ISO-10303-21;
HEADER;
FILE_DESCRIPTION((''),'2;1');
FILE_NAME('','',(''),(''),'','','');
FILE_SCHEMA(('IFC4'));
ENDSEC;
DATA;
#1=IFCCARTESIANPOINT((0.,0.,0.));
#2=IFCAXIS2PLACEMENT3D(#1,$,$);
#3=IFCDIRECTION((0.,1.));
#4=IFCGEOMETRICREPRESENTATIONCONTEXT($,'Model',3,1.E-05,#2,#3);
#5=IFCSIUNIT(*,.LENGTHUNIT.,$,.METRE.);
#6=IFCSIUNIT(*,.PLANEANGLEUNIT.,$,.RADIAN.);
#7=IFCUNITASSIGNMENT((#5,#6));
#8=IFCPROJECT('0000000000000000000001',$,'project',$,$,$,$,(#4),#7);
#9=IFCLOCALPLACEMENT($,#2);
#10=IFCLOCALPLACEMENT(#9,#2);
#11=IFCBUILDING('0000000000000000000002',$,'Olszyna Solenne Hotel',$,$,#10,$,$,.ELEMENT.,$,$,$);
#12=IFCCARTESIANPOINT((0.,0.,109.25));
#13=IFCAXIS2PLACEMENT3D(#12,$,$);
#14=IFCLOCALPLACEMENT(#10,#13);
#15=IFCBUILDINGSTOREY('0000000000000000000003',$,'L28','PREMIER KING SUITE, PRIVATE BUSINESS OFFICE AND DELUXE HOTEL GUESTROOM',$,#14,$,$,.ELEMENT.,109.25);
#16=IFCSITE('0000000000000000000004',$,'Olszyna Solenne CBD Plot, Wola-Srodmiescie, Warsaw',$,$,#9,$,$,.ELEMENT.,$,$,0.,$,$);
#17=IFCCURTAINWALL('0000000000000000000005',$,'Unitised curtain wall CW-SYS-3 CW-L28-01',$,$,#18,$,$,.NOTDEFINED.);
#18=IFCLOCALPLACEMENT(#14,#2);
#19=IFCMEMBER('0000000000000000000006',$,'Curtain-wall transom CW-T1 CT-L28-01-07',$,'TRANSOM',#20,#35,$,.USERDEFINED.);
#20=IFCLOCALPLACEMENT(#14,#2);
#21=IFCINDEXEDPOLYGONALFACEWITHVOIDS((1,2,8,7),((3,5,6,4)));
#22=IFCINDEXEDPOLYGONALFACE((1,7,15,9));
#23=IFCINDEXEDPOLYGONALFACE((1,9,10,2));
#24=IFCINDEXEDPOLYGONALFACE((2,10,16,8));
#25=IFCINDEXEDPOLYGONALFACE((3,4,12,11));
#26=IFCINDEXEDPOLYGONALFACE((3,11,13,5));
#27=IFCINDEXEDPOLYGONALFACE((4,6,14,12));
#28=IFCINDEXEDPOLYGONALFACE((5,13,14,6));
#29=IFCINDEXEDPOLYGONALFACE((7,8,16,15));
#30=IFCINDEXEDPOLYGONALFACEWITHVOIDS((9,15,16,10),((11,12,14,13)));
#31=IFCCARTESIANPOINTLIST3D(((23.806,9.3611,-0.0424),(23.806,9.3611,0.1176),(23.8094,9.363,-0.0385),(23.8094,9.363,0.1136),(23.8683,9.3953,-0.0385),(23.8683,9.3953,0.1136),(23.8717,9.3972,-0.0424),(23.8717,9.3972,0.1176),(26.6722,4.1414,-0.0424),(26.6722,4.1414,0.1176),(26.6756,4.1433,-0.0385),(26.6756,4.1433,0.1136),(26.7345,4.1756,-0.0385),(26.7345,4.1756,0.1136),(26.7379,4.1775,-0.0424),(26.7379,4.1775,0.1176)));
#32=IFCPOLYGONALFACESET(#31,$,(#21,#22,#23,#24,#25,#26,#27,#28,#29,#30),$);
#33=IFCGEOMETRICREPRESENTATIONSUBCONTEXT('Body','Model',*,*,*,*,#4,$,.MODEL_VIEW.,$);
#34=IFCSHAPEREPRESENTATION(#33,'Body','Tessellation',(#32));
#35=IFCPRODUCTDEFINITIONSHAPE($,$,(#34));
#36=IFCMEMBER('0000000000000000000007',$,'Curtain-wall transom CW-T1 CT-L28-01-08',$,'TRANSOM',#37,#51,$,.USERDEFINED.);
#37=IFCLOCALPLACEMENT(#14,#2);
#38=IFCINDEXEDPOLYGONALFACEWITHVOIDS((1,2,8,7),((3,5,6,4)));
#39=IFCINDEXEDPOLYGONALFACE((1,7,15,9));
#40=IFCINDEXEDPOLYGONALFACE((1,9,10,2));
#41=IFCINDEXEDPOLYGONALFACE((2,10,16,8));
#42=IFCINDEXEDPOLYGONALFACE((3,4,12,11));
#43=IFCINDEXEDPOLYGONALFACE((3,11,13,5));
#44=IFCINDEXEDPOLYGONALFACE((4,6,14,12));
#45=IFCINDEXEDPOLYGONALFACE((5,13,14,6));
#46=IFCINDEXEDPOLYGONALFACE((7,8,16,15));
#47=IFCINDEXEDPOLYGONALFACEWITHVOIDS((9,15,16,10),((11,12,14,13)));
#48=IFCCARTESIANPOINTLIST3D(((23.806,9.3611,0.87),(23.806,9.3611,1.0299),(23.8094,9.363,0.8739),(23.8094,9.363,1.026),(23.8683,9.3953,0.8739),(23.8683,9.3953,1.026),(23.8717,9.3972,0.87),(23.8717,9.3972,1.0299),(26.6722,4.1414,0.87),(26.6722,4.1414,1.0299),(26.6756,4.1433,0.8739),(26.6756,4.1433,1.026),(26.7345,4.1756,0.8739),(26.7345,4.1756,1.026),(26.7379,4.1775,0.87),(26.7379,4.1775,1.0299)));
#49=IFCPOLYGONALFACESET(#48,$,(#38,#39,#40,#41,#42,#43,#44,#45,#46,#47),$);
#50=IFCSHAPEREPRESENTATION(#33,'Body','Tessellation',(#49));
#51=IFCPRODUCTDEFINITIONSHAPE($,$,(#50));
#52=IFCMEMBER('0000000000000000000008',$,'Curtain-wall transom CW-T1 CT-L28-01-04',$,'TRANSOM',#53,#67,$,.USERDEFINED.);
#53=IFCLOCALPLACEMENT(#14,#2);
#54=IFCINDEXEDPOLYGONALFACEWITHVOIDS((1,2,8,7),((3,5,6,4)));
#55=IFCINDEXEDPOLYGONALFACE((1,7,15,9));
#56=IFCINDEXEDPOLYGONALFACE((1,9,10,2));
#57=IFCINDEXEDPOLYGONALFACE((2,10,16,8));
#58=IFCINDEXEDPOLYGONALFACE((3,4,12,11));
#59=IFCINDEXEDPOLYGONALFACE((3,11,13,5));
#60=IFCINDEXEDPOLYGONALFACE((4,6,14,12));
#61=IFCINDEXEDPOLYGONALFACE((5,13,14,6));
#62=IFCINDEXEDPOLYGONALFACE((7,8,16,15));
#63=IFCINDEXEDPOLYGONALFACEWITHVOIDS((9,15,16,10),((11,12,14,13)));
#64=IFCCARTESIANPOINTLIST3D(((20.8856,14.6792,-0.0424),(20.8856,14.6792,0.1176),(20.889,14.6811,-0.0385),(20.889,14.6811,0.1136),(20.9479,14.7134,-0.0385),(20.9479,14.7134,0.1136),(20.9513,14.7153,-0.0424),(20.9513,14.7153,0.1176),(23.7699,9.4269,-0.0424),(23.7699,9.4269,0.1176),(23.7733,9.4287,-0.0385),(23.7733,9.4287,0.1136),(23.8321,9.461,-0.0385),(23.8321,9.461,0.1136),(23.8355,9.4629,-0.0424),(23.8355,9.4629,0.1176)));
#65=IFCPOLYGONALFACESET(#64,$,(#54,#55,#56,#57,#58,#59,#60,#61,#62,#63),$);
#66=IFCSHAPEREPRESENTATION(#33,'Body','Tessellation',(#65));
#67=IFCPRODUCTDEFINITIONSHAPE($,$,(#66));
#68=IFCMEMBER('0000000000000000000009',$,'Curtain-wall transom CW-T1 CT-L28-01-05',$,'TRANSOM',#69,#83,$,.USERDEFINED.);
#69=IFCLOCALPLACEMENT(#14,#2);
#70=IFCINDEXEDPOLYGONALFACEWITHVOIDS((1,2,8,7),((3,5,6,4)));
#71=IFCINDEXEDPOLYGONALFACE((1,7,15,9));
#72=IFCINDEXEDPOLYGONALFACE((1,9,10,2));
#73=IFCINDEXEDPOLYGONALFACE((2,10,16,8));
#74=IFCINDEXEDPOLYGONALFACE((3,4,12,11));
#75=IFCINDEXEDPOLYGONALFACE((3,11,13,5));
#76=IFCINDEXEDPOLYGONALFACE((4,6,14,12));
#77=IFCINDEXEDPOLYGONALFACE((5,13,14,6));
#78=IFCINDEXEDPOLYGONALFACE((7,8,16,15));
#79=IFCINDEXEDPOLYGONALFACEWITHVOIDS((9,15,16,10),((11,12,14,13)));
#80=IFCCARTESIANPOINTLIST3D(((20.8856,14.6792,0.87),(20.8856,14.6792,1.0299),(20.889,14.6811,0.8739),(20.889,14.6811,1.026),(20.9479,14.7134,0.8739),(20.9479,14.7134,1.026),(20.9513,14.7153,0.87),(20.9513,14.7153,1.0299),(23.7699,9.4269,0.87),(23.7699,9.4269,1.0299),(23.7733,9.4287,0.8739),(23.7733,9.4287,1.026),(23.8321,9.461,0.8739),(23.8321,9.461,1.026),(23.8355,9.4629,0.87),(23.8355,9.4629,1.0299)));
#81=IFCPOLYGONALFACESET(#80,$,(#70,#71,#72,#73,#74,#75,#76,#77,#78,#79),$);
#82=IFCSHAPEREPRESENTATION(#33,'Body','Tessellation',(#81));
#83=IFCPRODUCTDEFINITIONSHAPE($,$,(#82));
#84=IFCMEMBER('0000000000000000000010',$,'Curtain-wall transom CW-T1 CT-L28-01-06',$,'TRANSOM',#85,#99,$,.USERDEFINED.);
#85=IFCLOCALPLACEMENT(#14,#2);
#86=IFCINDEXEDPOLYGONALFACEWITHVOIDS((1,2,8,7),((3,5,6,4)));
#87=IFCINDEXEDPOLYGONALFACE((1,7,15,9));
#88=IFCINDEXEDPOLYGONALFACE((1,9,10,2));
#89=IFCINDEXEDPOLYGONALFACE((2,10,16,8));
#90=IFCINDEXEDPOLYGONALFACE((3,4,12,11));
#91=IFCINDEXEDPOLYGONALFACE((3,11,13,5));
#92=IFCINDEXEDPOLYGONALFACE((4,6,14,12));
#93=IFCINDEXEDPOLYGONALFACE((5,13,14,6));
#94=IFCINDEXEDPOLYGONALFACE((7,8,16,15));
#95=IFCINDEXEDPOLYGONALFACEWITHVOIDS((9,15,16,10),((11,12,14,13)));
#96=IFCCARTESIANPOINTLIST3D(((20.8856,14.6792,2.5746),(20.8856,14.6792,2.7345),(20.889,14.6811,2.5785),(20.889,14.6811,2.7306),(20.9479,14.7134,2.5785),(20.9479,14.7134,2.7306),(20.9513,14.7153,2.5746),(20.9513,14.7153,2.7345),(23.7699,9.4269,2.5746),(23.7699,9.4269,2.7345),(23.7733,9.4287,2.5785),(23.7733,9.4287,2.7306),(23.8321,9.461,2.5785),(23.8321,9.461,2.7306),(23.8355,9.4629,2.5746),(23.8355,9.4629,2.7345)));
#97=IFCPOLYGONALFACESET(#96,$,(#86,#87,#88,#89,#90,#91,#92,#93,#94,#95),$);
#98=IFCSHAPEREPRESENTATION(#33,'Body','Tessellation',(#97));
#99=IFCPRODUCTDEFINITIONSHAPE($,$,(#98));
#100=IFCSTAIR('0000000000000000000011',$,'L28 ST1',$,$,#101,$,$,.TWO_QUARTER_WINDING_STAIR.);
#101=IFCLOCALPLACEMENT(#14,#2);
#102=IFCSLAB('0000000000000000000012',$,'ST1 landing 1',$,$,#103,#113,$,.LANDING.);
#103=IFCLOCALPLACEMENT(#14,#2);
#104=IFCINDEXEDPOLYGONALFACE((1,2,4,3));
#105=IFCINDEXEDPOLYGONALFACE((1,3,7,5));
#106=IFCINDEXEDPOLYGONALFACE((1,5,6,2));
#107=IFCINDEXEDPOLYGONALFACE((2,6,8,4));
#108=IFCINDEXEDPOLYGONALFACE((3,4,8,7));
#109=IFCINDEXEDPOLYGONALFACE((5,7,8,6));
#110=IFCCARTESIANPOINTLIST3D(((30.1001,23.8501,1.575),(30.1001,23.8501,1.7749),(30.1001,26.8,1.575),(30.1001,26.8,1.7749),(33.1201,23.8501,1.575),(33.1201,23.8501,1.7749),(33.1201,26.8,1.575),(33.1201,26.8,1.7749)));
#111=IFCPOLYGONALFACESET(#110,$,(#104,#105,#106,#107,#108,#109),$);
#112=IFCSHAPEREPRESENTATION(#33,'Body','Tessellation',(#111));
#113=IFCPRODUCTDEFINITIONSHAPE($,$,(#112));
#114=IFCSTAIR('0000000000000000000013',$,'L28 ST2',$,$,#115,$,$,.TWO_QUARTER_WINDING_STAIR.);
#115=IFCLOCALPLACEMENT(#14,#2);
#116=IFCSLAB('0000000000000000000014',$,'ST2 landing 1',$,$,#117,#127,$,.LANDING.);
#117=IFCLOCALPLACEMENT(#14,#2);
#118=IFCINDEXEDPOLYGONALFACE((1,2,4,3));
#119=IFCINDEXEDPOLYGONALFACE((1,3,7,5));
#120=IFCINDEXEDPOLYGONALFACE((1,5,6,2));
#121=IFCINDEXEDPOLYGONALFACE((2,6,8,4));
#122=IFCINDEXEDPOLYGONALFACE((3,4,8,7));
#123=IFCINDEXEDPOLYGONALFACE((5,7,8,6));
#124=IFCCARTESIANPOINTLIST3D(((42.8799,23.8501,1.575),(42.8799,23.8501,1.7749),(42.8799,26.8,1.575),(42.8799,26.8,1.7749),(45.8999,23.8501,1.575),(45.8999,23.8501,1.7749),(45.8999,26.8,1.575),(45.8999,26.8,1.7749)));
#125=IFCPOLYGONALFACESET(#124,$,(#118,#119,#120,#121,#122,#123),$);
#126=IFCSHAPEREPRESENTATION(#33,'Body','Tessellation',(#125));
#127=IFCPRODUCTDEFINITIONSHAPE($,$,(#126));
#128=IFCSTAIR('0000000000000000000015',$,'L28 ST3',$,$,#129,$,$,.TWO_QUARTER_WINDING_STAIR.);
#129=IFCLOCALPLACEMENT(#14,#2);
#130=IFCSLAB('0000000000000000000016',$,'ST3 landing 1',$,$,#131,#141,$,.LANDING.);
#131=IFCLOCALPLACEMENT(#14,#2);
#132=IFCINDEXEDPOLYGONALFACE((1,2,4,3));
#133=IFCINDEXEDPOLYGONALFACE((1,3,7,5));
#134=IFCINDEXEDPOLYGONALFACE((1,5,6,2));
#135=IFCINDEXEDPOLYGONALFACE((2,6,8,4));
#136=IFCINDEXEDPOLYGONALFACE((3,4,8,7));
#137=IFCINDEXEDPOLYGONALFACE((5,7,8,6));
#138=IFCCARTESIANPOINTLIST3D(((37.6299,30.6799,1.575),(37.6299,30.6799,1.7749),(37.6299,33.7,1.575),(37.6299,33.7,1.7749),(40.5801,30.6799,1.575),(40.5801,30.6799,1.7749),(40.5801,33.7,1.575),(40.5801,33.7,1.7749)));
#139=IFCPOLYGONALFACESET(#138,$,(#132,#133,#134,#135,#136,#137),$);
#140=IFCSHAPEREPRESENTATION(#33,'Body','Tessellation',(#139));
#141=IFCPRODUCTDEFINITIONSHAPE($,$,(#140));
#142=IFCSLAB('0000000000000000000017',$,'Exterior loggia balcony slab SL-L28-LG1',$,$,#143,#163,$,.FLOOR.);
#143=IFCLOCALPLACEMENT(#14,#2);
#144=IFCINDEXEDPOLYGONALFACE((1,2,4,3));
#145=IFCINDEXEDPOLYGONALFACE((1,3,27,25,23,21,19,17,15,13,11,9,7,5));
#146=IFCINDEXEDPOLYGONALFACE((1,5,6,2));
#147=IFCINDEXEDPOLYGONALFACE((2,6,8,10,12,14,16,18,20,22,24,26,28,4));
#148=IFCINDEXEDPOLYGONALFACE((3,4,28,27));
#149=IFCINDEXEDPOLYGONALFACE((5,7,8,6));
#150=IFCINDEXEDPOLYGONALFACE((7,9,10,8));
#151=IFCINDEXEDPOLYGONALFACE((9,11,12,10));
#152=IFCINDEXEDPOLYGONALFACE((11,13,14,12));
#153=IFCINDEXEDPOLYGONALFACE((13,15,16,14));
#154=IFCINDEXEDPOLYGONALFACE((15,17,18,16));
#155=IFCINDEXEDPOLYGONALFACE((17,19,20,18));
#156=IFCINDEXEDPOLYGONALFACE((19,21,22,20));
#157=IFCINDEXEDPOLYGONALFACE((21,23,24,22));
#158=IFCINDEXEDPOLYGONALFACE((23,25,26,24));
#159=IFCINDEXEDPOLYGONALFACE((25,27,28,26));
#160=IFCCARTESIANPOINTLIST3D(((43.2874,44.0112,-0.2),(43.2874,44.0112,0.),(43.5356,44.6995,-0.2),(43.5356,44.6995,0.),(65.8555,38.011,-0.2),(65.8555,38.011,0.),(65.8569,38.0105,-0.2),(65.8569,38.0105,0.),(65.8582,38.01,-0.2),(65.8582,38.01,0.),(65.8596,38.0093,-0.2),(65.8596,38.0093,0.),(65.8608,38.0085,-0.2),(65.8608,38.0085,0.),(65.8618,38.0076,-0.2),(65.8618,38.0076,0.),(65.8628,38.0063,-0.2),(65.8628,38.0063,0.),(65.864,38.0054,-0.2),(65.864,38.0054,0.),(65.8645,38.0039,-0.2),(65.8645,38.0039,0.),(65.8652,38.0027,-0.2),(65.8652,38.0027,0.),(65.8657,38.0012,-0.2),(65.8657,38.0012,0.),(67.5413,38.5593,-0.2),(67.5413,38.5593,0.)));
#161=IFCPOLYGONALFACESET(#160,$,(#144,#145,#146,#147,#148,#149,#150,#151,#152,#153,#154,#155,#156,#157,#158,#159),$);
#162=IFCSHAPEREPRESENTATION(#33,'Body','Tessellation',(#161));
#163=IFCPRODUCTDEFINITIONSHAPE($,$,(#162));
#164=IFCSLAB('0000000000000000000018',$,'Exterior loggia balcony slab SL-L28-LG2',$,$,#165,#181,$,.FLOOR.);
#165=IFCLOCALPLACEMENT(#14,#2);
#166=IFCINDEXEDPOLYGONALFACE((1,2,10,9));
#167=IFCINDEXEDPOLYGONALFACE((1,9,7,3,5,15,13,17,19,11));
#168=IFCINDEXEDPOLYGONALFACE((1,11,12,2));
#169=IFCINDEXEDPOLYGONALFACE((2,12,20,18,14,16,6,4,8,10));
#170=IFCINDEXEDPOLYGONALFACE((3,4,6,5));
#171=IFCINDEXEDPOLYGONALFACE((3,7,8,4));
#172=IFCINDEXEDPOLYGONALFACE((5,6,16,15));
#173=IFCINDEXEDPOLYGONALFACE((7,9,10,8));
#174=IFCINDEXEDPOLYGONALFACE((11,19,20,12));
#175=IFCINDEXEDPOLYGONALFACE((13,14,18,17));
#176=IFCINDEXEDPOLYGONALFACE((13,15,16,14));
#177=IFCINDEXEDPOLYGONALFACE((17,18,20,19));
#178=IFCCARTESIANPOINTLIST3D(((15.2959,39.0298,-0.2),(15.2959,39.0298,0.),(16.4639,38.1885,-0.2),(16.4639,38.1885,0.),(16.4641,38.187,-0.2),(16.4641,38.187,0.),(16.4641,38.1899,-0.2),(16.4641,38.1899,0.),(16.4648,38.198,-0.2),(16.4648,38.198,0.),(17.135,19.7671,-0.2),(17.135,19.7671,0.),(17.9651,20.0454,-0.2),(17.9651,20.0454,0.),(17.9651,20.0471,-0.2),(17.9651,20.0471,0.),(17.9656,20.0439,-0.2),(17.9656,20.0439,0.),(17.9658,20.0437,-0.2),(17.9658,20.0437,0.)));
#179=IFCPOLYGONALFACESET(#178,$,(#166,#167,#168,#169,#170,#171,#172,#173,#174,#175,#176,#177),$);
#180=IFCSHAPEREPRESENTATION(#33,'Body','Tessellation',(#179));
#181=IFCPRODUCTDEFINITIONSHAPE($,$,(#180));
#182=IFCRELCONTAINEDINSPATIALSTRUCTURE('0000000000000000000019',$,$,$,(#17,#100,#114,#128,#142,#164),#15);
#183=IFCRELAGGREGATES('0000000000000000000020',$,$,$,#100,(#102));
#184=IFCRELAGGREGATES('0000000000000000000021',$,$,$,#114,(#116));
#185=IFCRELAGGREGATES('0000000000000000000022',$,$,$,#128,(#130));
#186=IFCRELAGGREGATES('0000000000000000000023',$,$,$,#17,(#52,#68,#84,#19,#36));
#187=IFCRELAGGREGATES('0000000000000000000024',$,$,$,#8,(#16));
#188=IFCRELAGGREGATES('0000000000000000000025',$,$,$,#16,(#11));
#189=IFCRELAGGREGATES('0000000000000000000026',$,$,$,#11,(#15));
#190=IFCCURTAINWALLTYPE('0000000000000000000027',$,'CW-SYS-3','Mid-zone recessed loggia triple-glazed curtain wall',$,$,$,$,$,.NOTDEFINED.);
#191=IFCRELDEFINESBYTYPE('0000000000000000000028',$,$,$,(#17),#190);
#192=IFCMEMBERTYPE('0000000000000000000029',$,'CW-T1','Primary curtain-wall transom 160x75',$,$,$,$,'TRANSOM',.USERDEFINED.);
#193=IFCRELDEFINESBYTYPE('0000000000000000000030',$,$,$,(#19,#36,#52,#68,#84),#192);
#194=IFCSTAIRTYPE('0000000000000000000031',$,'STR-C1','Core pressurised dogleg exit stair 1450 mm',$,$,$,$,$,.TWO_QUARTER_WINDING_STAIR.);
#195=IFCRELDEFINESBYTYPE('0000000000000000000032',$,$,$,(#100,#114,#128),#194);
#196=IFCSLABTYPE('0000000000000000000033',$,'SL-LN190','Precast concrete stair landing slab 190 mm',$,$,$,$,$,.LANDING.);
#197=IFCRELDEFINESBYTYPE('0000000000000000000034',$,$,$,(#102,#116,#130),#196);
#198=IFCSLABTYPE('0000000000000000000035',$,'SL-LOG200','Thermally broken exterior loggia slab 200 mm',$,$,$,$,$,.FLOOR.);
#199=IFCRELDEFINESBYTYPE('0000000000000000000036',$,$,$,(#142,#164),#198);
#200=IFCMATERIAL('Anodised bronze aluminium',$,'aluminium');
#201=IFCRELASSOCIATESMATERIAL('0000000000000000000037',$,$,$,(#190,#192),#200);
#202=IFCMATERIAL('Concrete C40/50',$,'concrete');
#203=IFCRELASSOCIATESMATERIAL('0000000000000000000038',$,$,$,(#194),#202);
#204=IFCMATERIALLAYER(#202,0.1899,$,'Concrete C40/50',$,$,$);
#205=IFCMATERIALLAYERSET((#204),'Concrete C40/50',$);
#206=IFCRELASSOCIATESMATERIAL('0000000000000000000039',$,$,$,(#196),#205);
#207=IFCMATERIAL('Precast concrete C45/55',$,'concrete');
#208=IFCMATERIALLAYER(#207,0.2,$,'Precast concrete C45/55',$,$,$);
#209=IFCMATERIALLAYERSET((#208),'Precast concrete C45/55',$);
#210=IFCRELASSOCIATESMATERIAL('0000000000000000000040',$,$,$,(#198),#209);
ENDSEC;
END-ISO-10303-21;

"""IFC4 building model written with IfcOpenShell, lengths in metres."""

from ifc_helpers import new_model, si_unit, direction, frame, origin, origin_2d, place, context, subcontext, project, spatial, polyline, hollow_rectangle, outline, extrude, source, transform, mapped, material, layer, layer_set, material_profile, profile_set, type_object, element, aggregate, save


model = new_model("IFC4")

# Units and contexts
model_context = context("Model", 3, precision=1e-05, world=origin(), true_north=direction((0.0, 1.0)))
body_context = subcontext(model_context, "Body", "Model", "MODEL_VIEW")
ifc_project = project(units=[si_unit("LENGTHUNIT", "METRE"), si_unit("PLANEANGLEUNIT", "RADIAN")], contexts=[model_context])

# Site, building, storey
site_placement = place(None, origin())
site = spatial("IfcSite", under=ifc_project, at=site_placement, Name="Olszyna Solenne CBD Plot, Wola-Srodmiescie, Warsaw", CompositionType="ELEMENT", RefElevation=0.0)
building_placement = place(site_placement, origin())
building = spatial("IfcBuilding", under=site, at=building_placement, Name="Olszyna Solenne Hotel", CompositionType="ELEMENT")
storey_placement = place(building_placement, frame((0.0, 0.0, 109.25)))
storey = spatial("IfcBuildingStorey", under=building, at=storey_placement, Name="L28", Description="PREMIER KING SUITE, PRIVATE BUSINESS OFFICE AND DELUXE HOTEL GUESTROOM", CompositionType="ELEMENT", Elevation=109.25)

# Curtain wall, members
ifc_material_1 = material(Name="Anodised bronze aluminium", Category="aluminium")
curtain_wall_type = type_object("IfcCurtainWallType", Name="CW-SYS-3", Description="Mid-zone recessed loggia triple-glazed curtain wall", PredefinedType="NOTDEFINED", material=ifc_material_1)
curtain_wall_placement = place(storey_placement, origin())
curtain_wall = element("IfcCurtainWall", 1, at=curtain_wall_placement, inside=storey, type_object=curtain_wall_type, Name="Unitised curtain wall CW-SYS-3 CW-L28-01", PredefinedType="NOTDEFINED")
ifc_material_profile_1 = material_profile(ifc_material_1, hollow_rectangle(XDim=0.075, YDim=0.1599, WallThickness=0.0039, at=origin_2d()), Name="TRAN 160x75x4", Category="load-bearing")
ifc_profile_set_1 = profile_set([ifc_material_profile_1], Name="Anodised bronze aluminium")
member_type_1 = type_object("IfcMemberType", Name="CW-T1", Description="Primary curtain-wall transom 160x75", ElementType="TRANSOM", PredefinedType="USERDEFINED", material=ifc_profile_set_1)
shared_shape_1 = source(origin(), body_context, "Body", "SweptSolid", [
    extrude(hollow_rectangle(XDim=0.075, YDim=0.1599, WallThickness=0.0039, at=origin_2d()), origin(), (0.0, 0.0, 1.0), 5.9548),
])
member_1_placement = place(storey_placement, frame((23.8389, 9.3792, 0.0376), z_axis=(0.481321, -0.876545, 0.0), x_axis=(0.876545, 0.481321, 0.0)))
member_1 = element("IfcMember", 2, at=member_1_placement, type_object=member_type_1, Name="Curtain-wall transom CW-T1 CT-L28-01-07", ObjectType="TRANSOM", PredefinedType="USERDEFINED", context=body_context, shape_type="MappedRepresentation", body=[
    mapped(shared_shape_1, transform((0.0, 0.0, 0.0), x_axis=(1.0, 0.0, 0.0), y_axis=(0.0, 1.0, 0.0), z_axis=(0.0, 0.0, 1.0), scale=1.0)),
])
member_2_placement = place(storey_placement, frame((23.8389, 9.3792, 0.95), z_axis=(0.481321, -0.876545, 0.0), x_axis=(0.876545, 0.481321, 0.0)))
member_2 = element("IfcMember", 3, at=member_2_placement, type_object=member_type_1, Name="Curtain-wall transom CW-T1 CT-L28-01-08", ObjectType="TRANSOM", PredefinedType="USERDEFINED", context=body_context, shape_type="MappedRepresentation", body=[
    mapped(shared_shape_1, transform((0.0, 0.0, 0.0), x_axis=(1.0, 0.0, 0.0), y_axis=(0.0, 1.0, 0.0), z_axis=(0.0, 0.0, 1.0), scale=1.0)),
])
shared_shape_2 = source(origin(), body_context, "Body", "SweptSolid", [
    extrude(hollow_rectangle(XDim=0.075, YDim=0.1599, WallThickness=0.0039, at=origin_2d()), origin(), (0.0, 0.0, 1.0), 5.9922),
])
member_3_placement = place(storey_placement, frame((20.9185, 14.6973, 0.0376), z_axis=(0.481334, -0.876537, 0.0), x_axis=(0.876537, 0.481334, 0.0)))
member_3 = element("IfcMember", 4, at=member_3_placement, type_object=member_type_1, Name="Curtain-wall transom CW-T1 CT-L28-01-04", ObjectType="TRANSOM", PredefinedType="USERDEFINED", context=body_context, shape_type="MappedRepresentation", body=[
    mapped(shared_shape_2, transform((0.0, 0.0, 0.0), x_axis=(1.0, 0.0, 0.0), y_axis=(0.0, 1.0, 0.0), z_axis=(0.0, 0.0, 1.0), scale=1.0)),
])
member_4_placement = place(storey_placement, frame((20.9185, 14.6973, 0.95), z_axis=(0.481334, -0.876537, 0.0), x_axis=(0.876537, 0.481334, 0.0)))
member_4 = element("IfcMember", 5, at=member_4_placement, type_object=member_type_1, Name="Curtain-wall transom CW-T1 CT-L28-01-05", ObjectType="TRANSOM", PredefinedType="USERDEFINED", context=body_context, shape_type="MappedRepresentation", body=[
    mapped(shared_shape_2, transform((0.0, 0.0, 0.0), x_axis=(1.0, 0.0, 0.0), y_axis=(0.0, 1.0, 0.0), z_axis=(0.0, 0.0, 1.0), scale=1.0)),
])
member_5_placement = place(storey_placement, frame((20.9185, 14.6973, 2.6545), z_axis=(0.481334, -0.876537, 0.0), x_axis=(0.876537, 0.481334, 0.0)))
member_5 = element("IfcMember", 6, at=member_5_placement, type_object=member_type_1, Name="Curtain-wall transom CW-T1 CT-L28-01-06", ObjectType="TRANSOM", PredefinedType="USERDEFINED", context=body_context, shape_type="MappedRepresentation", body=[
    mapped(shared_shape_2, transform((0.0, 0.0, 0.0), x_axis=(1.0, 0.0, 0.0), y_axis=(0.0, 1.0, 0.0), z_axis=(0.0, 0.0, 1.0), scale=1.0)),
])

# Stairs, slabs
ifc_material_2 = material(Name="Concrete C40/50", Category="concrete")
stair_type = type_object("IfcStairType", Name="STR-C1", Description="Core pressurised dogleg exit stair 1450 mm", PredefinedType="TWO_QUARTER_WINDING_STAIR", material=ifc_material_2)
stair_1_placement = place(storey_placement, origin())
stair_1 = element("IfcStair", 7, at=stair_1_placement, inside=storey, type_object=stair_type, Name="L28 ST1", PredefinedType="TWO_QUARTER_WINDING_STAIR")
ifc_layer_1 = layer(ifc_material_2, 0.1899, Name="Concrete C40/50")
ifc_layer_set_1 = layer_set([ifc_layer_1], Name="Concrete C40/50")
slab_type_1 = type_object("IfcSlabType", Name="SL-LN190", Description="Precast concrete stair landing slab 190 mm", PredefinedType="LANDING", material=ifc_layer_set_1)
slab_1_placement = place(storey_placement, frame((0.0, 0.0, 1.575)))
slab_1 = element("IfcSlab", 8, at=slab_1_placement, type_object=slab_type_1, Name="ST1 landing 1", PredefinedType="LANDING", context=body_context, shape_type="SweptSolid", body=[
    extrude(outline(polyline([(33.1201, 23.8501), (33.1201, 26.8), (30.1001, 26.8), (30.1001, 23.8501), (33.1201, 23.8501)])), origin(), (0.0, 0.0, 1.0), 0.2),
])
aggregate(stair_1, [slab_1])
stair_2_placement = place(storey_placement, origin())
stair_2 = element("IfcStair", 9, at=stair_2_placement, inside=storey, type_object=stair_type, Name="L28 ST2", PredefinedType="TWO_QUARTER_WINDING_STAIR")
slab_2_placement = place(storey_placement, frame((0.0, 0.0, 1.575)))
slab_2 = element("IfcSlab", 10, at=slab_2_placement, type_object=slab_type_1, Name="ST2 landing 1", PredefinedType="LANDING", context=body_context, shape_type="SweptSolid", body=[
    extrude(outline(polyline([(45.8999, 23.8501), (45.8999, 26.8), (42.8799, 26.8), (42.8799, 23.8501), (45.8999, 23.8501)])), origin(), (0.0, 0.0, 1.0), 0.2),
])
aggregate(stair_2, [slab_2])
stair_3_placement = place(storey_placement, origin())
stair_3 = element("IfcStair", 11, at=stair_3_placement, inside=storey, type_object=stair_type, Name="L28 ST3", PredefinedType="TWO_QUARTER_WINDING_STAIR")
slab_3_placement = place(storey_placement, frame((0.0, 0.0, 1.575)))
slab_3 = element("IfcSlab", 12, at=slab_3_placement, type_object=slab_type_1, Name="ST3 landing 1", PredefinedType="LANDING", context=body_context, shape_type="SweptSolid", body=[
    extrude(outline(polyline([(37.6299, 30.6799), (40.5801, 30.6799), (40.5801, 33.7), (37.6299, 33.7), (37.6299, 30.6799)])), origin(), (0.0, 0.0, 1.0), 0.2),
])
aggregate(stair_3, [slab_3])

# Slabs
ifc_material_3 = material(Name="Precast concrete C45/55", Category="concrete")
ifc_layer_2 = layer(ifc_material_3, 0.2, Name="Precast concrete C45/55")
ifc_layer_set_2 = layer_set([ifc_layer_2], Name="Precast concrete C45/55")
slab_type_2 = type_object("IfcSlabType", Name="SL-LOG200", Description="Thermally broken exterior loggia slab 200 mm", PredefinedType="FLOOR", material=ifc_layer_set_2)
slab_4_placement = place(storey_placement, frame((0.0, 0.0, -0.2)))
element("IfcSlab", 13, at=slab_4_placement, inside=storey, type_object=slab_type_2, Name="Exterior loggia balcony slab SL-L28-LG1", PredefinedType="FLOOR", context=body_context, shape_type="SweptSolid", body=[
    extrude(outline(polyline([(43.2874, 44.0112), (65.8555, 38.011), (65.8569, 38.0105), (65.8582, 38.01), (65.8596, 38.0093), (65.8608, 38.0085), (65.8618, 38.0076), (65.8628, 38.0063), (65.864, 38.0054), (65.8645, 38.0039), (65.8652, 38.0027), (65.8657, 38.0012), (67.5413, 38.5593), (43.5356, 44.6995), (43.2874, 44.0112)])), origin(), (0.0, 0.0, 1.0), 0.2),
])
slab_5_placement = place(storey_placement, frame((0.0, 0.0, -0.2)))
element("IfcSlab", 14, at=slab_5_placement, inside=storey, type_object=slab_type_2, Name="Exterior loggia balcony slab SL-L28-LG2", PredefinedType="FLOOR", context=body_context, shape_type="SweptSolid", body=[
    extrude(outline(polyline([(17.9658, 20.0437), (17.9656, 20.0439), (17.9651, 20.0454), (17.9651, 20.0471), (16.4641, 38.187), (16.4639, 38.1885), (16.4641, 38.1899), (16.4648, 38.198), (15.2959, 39.0298), (17.135, 19.7671), (17.9658, 20.0437)])), origin(), (0.0, 0.0, 1.0), 0.2),
])

aggregate(curtain_wall, [member_3, member_4, member_5, member_1, member_2])

save(model, "model.ifc")
